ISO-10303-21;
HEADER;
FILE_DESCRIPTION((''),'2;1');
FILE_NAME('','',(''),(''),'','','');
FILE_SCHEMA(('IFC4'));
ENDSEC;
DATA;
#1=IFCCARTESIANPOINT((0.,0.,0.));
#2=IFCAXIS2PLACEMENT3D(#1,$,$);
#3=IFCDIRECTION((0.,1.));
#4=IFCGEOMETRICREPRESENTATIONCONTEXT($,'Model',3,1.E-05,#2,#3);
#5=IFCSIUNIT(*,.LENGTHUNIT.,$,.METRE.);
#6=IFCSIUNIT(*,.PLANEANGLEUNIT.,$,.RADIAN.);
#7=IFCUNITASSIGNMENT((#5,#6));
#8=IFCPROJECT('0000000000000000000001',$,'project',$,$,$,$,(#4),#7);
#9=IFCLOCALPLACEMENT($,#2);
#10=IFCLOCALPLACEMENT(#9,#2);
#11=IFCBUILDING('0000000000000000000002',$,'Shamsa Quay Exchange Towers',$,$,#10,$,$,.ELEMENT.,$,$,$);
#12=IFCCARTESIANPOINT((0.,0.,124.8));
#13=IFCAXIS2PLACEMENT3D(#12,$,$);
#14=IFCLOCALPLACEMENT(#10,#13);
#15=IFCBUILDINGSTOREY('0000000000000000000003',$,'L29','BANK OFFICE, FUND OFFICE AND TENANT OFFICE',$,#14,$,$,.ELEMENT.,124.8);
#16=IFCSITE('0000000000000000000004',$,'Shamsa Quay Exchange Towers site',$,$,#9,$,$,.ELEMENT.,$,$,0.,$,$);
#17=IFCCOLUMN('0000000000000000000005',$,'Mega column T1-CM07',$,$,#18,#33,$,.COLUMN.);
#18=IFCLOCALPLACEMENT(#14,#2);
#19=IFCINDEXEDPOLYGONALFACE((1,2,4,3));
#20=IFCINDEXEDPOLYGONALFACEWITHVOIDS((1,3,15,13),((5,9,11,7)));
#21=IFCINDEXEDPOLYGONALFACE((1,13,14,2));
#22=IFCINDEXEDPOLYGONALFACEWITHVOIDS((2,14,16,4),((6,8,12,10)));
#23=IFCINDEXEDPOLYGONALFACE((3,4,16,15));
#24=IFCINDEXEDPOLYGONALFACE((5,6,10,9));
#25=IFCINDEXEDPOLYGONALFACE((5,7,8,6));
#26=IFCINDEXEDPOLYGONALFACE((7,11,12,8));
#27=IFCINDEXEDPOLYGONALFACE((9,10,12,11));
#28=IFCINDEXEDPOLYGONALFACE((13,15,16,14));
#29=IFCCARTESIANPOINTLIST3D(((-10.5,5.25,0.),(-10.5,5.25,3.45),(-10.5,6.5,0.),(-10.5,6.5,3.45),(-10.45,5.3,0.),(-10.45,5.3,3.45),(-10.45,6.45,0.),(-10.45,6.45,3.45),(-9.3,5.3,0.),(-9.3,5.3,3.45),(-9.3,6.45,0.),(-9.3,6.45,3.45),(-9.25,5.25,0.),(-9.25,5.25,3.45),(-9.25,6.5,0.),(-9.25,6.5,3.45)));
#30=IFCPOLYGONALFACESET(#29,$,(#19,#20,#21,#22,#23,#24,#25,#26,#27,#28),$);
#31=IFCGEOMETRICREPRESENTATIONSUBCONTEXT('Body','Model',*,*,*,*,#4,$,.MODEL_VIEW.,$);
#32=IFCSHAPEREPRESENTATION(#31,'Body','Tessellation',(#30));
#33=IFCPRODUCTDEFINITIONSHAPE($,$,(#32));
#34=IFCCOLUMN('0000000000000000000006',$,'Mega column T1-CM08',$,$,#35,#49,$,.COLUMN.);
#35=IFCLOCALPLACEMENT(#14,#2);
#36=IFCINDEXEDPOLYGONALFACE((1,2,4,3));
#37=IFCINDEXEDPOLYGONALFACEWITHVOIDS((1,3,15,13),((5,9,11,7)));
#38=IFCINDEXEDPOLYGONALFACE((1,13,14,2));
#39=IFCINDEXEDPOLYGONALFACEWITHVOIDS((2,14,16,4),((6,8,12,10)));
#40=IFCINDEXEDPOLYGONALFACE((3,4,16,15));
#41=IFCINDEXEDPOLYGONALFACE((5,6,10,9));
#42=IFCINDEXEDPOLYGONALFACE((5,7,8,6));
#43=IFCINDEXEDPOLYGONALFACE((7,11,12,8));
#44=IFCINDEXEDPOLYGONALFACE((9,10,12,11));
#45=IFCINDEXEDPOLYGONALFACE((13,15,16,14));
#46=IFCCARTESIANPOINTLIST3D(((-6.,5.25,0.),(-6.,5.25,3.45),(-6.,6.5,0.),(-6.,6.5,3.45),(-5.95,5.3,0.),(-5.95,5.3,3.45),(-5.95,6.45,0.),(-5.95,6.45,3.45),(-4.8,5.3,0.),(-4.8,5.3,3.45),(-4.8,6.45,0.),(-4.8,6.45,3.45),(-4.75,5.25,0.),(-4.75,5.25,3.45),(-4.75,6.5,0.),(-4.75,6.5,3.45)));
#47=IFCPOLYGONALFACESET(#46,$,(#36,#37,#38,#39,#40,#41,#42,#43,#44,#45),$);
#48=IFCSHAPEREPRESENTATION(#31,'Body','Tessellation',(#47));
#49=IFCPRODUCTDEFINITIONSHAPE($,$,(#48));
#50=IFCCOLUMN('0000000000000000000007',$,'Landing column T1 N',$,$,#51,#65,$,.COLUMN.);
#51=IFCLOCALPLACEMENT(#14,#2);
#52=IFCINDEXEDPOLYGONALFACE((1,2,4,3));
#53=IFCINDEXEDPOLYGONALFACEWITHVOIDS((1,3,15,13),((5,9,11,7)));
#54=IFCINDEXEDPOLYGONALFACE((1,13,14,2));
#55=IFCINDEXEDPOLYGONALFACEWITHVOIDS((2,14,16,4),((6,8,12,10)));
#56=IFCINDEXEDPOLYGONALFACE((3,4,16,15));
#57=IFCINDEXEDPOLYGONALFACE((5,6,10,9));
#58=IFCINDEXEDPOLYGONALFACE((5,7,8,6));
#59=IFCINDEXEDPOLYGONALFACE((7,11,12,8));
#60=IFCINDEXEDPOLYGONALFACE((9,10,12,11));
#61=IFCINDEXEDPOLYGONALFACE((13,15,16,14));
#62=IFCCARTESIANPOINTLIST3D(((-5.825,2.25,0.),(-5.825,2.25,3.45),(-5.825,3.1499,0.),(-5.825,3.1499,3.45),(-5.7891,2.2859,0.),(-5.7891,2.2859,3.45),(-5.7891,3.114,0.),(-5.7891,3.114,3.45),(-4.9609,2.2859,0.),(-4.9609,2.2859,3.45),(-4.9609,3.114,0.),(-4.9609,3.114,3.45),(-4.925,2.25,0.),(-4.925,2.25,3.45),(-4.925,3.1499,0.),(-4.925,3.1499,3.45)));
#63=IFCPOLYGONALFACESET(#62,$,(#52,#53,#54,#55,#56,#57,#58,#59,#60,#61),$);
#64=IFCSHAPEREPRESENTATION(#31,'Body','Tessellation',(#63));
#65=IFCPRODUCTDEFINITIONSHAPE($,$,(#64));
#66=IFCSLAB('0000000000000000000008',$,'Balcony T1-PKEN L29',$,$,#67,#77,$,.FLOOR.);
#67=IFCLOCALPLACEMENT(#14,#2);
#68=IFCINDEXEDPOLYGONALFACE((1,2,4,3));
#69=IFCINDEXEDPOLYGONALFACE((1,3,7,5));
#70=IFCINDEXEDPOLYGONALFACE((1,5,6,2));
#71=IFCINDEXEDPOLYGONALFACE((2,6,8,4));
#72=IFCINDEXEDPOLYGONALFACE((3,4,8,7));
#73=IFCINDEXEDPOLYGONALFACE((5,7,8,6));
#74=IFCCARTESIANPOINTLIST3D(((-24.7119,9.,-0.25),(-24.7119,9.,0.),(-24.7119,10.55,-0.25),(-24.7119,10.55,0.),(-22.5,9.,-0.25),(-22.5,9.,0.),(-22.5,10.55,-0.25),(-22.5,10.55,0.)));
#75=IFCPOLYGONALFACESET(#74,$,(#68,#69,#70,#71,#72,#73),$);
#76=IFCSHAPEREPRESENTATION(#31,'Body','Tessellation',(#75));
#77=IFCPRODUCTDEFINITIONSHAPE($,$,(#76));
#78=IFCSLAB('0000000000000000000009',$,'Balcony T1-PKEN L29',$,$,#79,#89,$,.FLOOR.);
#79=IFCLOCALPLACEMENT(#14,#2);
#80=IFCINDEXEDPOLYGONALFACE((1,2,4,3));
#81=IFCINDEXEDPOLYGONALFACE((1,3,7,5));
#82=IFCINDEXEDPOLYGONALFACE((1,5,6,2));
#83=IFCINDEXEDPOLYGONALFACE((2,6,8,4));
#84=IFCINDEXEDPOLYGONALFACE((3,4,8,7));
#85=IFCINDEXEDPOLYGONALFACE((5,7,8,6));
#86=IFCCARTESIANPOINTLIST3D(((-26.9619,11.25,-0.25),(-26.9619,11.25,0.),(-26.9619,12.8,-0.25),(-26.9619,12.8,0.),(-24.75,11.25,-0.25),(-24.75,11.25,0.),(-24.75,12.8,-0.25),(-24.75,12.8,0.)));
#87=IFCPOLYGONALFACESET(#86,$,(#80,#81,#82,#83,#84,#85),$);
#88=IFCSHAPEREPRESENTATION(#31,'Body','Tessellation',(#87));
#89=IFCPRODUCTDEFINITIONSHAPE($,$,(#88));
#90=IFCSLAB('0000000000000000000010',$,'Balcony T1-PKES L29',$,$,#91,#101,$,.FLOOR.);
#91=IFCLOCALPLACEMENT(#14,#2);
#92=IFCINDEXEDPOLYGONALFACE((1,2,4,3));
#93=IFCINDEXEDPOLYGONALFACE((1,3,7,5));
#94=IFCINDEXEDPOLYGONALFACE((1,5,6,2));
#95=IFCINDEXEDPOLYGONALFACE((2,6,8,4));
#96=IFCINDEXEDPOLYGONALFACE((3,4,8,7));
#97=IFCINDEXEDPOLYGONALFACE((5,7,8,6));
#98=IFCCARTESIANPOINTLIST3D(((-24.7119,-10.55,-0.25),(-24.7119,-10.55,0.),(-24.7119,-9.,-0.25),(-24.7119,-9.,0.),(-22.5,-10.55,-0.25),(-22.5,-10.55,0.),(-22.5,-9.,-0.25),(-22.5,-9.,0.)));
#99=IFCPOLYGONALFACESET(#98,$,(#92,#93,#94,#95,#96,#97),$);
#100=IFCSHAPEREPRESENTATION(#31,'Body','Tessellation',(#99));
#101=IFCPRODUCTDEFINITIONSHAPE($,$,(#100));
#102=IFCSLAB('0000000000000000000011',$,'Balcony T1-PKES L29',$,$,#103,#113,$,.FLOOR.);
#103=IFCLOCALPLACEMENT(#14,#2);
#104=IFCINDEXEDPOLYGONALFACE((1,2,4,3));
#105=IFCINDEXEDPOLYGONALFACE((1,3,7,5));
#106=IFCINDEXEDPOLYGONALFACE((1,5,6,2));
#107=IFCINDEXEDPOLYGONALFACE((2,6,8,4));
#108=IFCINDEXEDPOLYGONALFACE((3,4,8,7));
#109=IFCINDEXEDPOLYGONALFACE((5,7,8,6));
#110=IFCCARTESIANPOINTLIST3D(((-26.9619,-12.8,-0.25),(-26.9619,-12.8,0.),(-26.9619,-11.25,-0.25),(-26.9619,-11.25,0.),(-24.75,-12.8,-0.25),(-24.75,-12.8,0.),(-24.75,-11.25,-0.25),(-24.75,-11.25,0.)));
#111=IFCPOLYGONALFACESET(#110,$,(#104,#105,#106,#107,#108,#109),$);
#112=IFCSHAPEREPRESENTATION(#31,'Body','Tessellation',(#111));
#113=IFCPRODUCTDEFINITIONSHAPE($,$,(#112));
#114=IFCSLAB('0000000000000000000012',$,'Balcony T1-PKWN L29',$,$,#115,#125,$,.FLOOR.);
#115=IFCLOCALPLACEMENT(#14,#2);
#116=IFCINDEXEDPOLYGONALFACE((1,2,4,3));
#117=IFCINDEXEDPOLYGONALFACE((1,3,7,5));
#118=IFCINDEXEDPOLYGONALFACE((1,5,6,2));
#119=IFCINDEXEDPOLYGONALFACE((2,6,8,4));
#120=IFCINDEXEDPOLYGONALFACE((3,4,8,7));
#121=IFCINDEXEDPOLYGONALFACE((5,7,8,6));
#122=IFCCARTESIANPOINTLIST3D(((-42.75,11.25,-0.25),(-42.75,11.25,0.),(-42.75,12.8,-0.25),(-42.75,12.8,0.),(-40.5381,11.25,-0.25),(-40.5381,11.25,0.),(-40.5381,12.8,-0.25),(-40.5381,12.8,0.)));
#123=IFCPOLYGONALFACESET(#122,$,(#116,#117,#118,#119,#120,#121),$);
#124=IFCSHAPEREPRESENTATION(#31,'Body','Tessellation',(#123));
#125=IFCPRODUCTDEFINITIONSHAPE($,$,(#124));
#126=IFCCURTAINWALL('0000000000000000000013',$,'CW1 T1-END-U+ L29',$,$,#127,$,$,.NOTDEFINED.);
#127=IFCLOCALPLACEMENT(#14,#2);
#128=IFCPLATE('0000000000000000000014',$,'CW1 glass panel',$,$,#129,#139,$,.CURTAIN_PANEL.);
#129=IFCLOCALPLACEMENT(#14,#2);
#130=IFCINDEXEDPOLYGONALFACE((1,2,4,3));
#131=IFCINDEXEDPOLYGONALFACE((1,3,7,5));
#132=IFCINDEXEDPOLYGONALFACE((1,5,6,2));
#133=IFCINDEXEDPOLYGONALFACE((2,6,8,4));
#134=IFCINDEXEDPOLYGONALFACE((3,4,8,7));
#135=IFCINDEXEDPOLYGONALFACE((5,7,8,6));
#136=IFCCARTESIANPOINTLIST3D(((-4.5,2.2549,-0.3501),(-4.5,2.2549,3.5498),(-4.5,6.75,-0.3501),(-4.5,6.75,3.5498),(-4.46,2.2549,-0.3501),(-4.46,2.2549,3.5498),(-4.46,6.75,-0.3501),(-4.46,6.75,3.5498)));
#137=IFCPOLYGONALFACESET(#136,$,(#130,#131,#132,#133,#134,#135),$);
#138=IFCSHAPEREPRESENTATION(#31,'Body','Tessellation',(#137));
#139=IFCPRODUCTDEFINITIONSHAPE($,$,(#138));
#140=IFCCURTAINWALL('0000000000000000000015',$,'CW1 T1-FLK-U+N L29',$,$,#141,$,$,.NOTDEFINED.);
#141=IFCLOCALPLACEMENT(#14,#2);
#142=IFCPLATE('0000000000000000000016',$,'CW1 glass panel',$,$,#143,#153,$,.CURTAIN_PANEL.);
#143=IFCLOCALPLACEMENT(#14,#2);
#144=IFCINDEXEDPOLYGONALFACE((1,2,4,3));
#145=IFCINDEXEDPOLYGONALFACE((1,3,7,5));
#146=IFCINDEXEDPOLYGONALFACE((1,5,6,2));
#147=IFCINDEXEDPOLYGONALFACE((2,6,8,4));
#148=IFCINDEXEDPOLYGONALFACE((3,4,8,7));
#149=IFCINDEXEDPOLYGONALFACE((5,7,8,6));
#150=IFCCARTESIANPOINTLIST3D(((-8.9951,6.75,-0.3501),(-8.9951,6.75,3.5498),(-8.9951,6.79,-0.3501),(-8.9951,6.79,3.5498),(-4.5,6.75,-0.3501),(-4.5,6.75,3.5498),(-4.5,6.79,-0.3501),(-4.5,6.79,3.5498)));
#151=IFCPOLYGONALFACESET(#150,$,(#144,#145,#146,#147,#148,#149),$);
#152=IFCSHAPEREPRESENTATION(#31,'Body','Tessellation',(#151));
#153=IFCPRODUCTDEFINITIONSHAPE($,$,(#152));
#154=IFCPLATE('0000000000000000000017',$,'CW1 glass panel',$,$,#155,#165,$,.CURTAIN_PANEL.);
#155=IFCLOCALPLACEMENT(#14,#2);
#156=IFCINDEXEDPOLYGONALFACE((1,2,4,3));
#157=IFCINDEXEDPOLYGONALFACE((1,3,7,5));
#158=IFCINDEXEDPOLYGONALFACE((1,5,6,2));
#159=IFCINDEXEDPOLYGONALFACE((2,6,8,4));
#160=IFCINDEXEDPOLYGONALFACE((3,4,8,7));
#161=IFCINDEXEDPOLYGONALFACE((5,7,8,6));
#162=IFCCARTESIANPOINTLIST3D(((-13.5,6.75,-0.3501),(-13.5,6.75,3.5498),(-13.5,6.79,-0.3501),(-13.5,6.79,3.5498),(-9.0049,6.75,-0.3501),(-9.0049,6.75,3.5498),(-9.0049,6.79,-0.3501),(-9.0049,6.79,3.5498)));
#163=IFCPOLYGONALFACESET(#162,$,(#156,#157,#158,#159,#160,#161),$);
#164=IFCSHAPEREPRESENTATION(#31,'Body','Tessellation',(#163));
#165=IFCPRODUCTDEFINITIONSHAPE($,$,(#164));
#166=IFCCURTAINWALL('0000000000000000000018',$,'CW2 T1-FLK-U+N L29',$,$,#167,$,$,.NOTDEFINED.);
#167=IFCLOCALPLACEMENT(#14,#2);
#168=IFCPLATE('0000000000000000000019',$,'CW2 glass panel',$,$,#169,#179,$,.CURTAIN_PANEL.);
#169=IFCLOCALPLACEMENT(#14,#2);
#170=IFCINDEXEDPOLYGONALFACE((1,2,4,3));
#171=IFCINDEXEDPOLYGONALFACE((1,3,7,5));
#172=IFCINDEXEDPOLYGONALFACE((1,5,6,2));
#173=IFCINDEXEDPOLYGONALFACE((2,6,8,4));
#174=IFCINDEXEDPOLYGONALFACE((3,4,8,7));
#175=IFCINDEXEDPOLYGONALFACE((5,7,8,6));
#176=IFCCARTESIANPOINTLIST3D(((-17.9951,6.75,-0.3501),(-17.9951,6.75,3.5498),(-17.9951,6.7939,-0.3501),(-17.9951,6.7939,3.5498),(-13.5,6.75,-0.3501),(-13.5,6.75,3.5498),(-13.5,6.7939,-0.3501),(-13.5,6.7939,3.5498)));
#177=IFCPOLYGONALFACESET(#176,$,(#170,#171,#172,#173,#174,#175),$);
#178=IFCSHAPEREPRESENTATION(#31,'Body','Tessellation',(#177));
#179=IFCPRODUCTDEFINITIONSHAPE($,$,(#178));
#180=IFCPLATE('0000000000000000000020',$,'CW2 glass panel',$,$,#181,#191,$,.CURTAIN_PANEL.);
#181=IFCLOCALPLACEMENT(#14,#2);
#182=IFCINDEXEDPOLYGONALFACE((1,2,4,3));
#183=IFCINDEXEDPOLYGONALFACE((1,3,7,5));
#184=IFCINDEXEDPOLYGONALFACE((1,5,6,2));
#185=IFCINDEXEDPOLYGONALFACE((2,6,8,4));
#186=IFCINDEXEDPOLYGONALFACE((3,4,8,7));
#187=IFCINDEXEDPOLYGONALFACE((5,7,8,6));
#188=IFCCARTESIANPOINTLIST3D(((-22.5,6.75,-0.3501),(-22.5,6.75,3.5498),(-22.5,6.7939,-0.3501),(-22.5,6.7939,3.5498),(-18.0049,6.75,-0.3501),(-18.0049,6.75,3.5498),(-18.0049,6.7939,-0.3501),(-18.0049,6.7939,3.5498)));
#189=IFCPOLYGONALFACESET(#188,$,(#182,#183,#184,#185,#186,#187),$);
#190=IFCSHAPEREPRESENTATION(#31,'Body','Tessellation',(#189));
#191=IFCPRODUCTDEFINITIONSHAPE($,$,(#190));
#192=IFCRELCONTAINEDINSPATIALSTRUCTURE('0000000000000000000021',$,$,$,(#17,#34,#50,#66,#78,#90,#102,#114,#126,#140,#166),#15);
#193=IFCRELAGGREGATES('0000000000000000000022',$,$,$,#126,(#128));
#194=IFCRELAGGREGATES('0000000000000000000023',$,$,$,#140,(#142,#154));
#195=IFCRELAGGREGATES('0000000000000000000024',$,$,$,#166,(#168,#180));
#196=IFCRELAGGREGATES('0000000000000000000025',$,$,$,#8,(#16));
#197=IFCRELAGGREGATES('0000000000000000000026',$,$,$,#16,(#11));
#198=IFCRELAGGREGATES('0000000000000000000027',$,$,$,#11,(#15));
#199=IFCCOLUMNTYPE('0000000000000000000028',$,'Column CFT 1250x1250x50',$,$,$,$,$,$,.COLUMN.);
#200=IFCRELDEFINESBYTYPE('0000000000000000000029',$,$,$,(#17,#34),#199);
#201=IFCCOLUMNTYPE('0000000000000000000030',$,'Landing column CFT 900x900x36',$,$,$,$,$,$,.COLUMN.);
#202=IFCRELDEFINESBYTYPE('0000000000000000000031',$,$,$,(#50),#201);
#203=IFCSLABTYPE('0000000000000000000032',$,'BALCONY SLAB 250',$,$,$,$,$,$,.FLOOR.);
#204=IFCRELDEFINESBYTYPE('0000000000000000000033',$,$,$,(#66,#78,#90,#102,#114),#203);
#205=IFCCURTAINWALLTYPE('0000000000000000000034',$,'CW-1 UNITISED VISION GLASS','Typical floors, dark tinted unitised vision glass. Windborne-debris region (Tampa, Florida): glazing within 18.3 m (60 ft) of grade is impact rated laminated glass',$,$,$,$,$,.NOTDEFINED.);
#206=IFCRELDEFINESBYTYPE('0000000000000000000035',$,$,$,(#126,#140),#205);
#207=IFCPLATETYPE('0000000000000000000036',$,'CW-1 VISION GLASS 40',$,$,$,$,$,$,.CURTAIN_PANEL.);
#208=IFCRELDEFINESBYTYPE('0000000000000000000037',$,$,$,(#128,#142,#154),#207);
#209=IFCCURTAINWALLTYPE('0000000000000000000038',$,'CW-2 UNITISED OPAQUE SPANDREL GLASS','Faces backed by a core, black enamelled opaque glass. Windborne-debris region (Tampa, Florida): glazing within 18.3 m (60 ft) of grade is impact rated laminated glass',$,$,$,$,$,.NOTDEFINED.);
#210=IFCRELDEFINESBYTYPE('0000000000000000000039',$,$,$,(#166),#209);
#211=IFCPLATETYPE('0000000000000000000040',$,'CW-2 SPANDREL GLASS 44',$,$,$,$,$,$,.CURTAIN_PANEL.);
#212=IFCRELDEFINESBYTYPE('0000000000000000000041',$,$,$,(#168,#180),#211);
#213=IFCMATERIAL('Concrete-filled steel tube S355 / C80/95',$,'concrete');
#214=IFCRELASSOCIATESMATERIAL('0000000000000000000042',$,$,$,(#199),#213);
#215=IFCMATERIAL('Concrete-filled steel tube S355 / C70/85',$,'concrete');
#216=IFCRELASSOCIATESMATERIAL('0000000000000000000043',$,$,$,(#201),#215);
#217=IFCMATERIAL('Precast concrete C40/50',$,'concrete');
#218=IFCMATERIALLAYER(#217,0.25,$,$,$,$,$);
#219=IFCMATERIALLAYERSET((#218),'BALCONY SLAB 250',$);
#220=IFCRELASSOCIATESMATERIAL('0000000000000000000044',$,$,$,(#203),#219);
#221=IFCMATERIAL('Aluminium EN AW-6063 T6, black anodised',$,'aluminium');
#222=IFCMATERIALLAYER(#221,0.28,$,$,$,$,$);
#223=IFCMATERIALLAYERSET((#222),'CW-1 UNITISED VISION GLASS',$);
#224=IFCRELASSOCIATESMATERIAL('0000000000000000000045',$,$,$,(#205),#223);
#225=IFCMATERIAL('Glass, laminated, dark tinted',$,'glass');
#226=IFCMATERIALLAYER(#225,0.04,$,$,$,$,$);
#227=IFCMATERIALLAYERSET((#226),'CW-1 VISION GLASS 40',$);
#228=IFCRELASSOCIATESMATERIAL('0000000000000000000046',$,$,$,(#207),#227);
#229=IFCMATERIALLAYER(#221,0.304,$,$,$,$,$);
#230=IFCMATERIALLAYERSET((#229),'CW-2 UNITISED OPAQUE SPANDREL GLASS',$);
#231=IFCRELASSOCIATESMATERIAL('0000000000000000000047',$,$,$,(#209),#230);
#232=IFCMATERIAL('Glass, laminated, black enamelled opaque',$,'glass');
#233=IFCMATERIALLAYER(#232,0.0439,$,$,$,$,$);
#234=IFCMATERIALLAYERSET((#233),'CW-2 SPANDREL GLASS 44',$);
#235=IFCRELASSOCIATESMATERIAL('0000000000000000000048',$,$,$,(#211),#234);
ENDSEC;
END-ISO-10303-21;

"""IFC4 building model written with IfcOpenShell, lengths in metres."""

from ifc_helpers import new_model, si_unit, direction, frame, origin, origin_2d, place, context, subcontext, project, spatial, polyline, rectangle, hollow_rectangle, outline, extrude, material, layer, layer_set, material_profile, profile_set, type_object, element, aggregate, save


model = new_model("IFC4")

# Units and contexts
model_context = context("Model", 3, precision=1e-05, world=origin(), true_north=direction((0.0, 1.0)))
body_context = subcontext(model_context, "Body", "Model", "MODEL_VIEW")
ifc_project = project(units=[si_unit("LENGTHUNIT", "METRE"), si_unit("PLANEANGLEUNIT", "RADIAN")], contexts=[model_context])

# Site, building, storey
site_placement = place(None, origin())
site = spatial("IfcSite", under=ifc_project, at=site_placement, Name="Shamsa Quay Exchange Towers site", CompositionType="ELEMENT", RefElevation=0.0)
building_placement = place(site_placement, origin())
building = spatial("IfcBuilding", under=site, at=building_placement, Name="Shamsa Quay Exchange Towers", CompositionType="ELEMENT")
storey_placement = place(building_placement, frame((0.0, 0.0, 124.8)))
storey = spatial("IfcBuildingStorey", under=building, at=storey_placement, Name="L29", Description="BANK OFFICE, FUND OFFICE AND TENANT OFFICE", CompositionType="ELEMENT", Elevation=124.8)

# Columns
ifc_material_1 = material(Name="Concrete-filled steel tube S355 / C80/95", Category="concrete")
ifc_material_profile_1 = material_profile(ifc_material_1, hollow_rectangle(XDim=1.25, YDim=1.25, WallThickness=0.05, at=origin_2d()), Name="CFT 1250x1250x50")
ifc_profile_set_1 = profile_set([ifc_material_profile_1], Name="Concrete-filled steel tube S355 / C80/95")
column_type_1 = type_object("IfcColumnType", Name="Column CFT 1250x1250x50", PredefinedType="COLUMN", material=ifc_profile_set_1)
for number, where, name in (
    (1, (-9.875, 5.875, 0.0), "Mega column T1-CM07"),
    (2, (-5.375, 5.875, 0.0), "Mega column T1-CM08"),
):
    element("IfcColumn", number, at=place(storey_placement, frame(where)), inside=storey, type_object=column_type_1, Name=name, PredefinedType="COLUMN", context=body_context, shape_type="SweptSolid", body=[
        extrude(hollow_rectangle(XDim=1.25, YDim=1.25, WallThickness=0.05, at=origin_2d()), origin(), (0.0, 0.0, 1.0), 3.45),
    ])
ifc_material_2 = material(Name="Concrete-filled steel tube S355 / C70/85", Category="concrete")
ifc_material_profile_2 = material_profile(ifc_material_2, hollow_rectangle(XDim=0.8999, YDim=0.8999, WallThickness=0.0359, at=origin_2d()), Name="CFT 900x900x36")
ifc_profile_set_2 = profile_set([ifc_material_profile_2], Name="Concrete-filled steel tube S355 / C70/85")
column_type_2 = type_object("IfcColumnType", Name="Landing column CFT 900x900x36", PredefinedType="COLUMN", material=ifc_profile_set_2)
column_placement = place(storey_placement, frame((-5.375, 2.7, 0.0)))
element("IfcColumn", 3, at=column_placement, inside=storey, type_object=column_type_2, Name="Landing column T1 N", PredefinedType="COLUMN", context=body_context, shape_type="SweptSolid", body=[
    extrude(hollow_rectangle(XDim=0.8999, YDim=0.8999, WallThickness=0.0359, at=origin_2d()), origin(), (0.0, 0.0, 1.0), 3.45),
])

# Slabs
ifc_material_3 = material(Name="Precast concrete C40/50", Category="concrete")
ifc_layer_1 = layer(ifc_material_3, 0.25)
ifc_layer_set_1 = layer_set([ifc_layer_1], Name="BALCONY SLAB 250")
slab_type = type_object("IfcSlabType", Name="BALCONY SLAB 250", PredefinedType="FLOOR", material=ifc_layer_set_1)
slab_1_placement = place(storey_placement, frame((0.0, 0.0, -0.25)))
element("IfcSlab", 4, at=slab_1_placement, inside=storey, type_object=slab_type, Name="Balcony T1-PKEN L29", PredefinedType="FLOOR", context=body_context, shape_type="SweptSolid", body=[
    extrude(outline(polyline([(-22.5, 9.0), (-24.7119, 9.0), (-24.7119, 10.55), (-22.5, 10.55), (-22.5, 9.0)])), origin(), (0.0, 0.0, 1.0), 0.25),
])
slab_2_placement = place(storey_placement, frame((0.0, 0.0, -0.25)))
element("IfcSlab", 5, at=slab_2_placement, inside=storey, type_object=slab_type, Name="Balcony T1-PKEN L29", PredefinedType="FLOOR", context=body_context, shape_type="SweptSolid", body=[
    extrude(outline(polyline([(-24.75, 11.25), (-26.9619, 11.25), (-26.9619, 12.8), (-24.75, 12.8), (-24.75, 11.25)])), origin(), (0.0, 0.0, 1.0), 0.25),
])
slab_3_placement = place(storey_placement, frame((0.0, 0.0, -0.25)))
element("IfcSlab", 6, at=slab_3_placement, inside=storey, type_object=slab_type, Name="Balcony T1-PKES L29", PredefinedType="FLOOR", context=body_context, shape_type="SweptSolid", body=[
    extrude(outline(polyline([(-24.7119, -9.0), (-22.5, -9.0), (-22.5, -10.55), (-24.7119, -10.55), (-24.7119, -9.0)])), origin(), (0.0, 0.0, 1.0), 0.25),
])
slab_4_placement = place(storey_placement, frame((0.0, 0.0, -0.25)))
element("IfcSlab", 7, at=slab_4_placement, inside=storey, type_object=slab_type, Name="Balcony T1-PKES L29", PredefinedType="FLOOR", context=body_context, shape_type="SweptSolid", body=[
    extrude(outline(polyline([(-26.9619, -11.25), (-24.75, -11.25), (-24.75, -12.8), (-26.9619, -12.8), (-26.9619, -11.25)])), origin(), (0.0, 0.0, 1.0), 0.25),
])
slab_5_placement = place(storey_placement, frame((0.0, 0.0, -0.25)))
element("IfcSlab", 8, at=slab_5_placement, inside=storey, type_object=slab_type, Name="Balcony T1-PKWN L29", PredefinedType="FLOOR", context=body_context, shape_type="SweptSolid", body=[
    extrude(outline(polyline([(-40.5381, 11.25), (-42.75, 11.25), (-42.75, 12.8), (-40.5381, 12.8), (-40.5381, 11.25)])), origin(), (0.0, 0.0, 1.0), 0.25),
])

# Curtain wall, plate
ifc_material_4 = material(Name="Aluminium EN AW-6063 T6, black anodised", Category="aluminium")
ifc_layer_2 = layer(ifc_material_4, 0.28)
ifc_layer_set_2 = layer_set([ifc_layer_2], Name="CW-1 UNITISED VISION GLASS")
curtain_wall_type_1 = type_object("IfcCurtainWallType", Name="CW-1 UNITISED VISION GLASS", Description="Typical floors, dark tinted unitised vision glass. Windborne-debris region (Tampa, Florida): glazing within 18.3 m (60 ft) of grade is impact rated laminated glass", PredefinedType="NOTDEFINED", material=ifc_layer_set_2)
curtain_wall_1_placement = place(storey_placement, origin())
curtain_wall_1 = element("IfcCurtainWall", 9, at=curtain_wall_1_placement, inside=storey, type_object=curtain_wall_type_1, Name="CW1 T1-END-U+ L29", PredefinedType="NOTDEFINED")
ifc_material_5 = material(Name="Glass, laminated, dark tinted", Category="glass")
ifc_layer_3 = layer(ifc_material_5, 0.04)
ifc_layer_set_3 = layer_set([ifc_layer_3], Name="CW-1 VISION GLASS 40")
plate_type_1 = type_object("IfcPlateType", Name="CW-1 VISION GLASS 40", PredefinedType="CURTAIN_PANEL", material=ifc_layer_set_3)
plate_1_placement = place(storey_placement, frame((-4.48, 4.5024, -0.3501), z_axis=(0.0, 0.0, 1.0), x_axis=(0.0, 1.0, 0.0)))
plate_1 = element("IfcPlate", 10, at=plate_1_placement, type_object=plate_type_1, Name="CW1 glass panel", PredefinedType="CURTAIN_PANEL", context=body_context, shape_type="SweptSolid", body=[
    extrude(rectangle(XDim=4.4951, YDim=0.04, at=origin_2d()), origin(), (0.0, 0.0, 1.0), 3.8999),
])
aggregate(curtain_wall_1, [plate_1])

# Curtain walls, plates
curtain_wall_2_placement = place(storey_placement, origin())
curtain_wall_2 = element("IfcCurtainWall", 11, at=curtain_wall_2_placement, inside=storey, type_object=curtain_wall_type_1, Name="CW1 T1-FLK-U+N L29", PredefinedType="NOTDEFINED")
plate_2_placement = place(storey_placement, frame((-6.7476, 6.77, -0.3501), z_axis=(0.0, 0.0, 1.0), x_axis=(-1.0, 0.0, 0.0)))
plate_2 = element("IfcPlate", 12, at=plate_2_placement, type_object=plate_type_1, Name="CW1 glass panel", PredefinedType="CURTAIN_PANEL", context=body_context, shape_type="SweptSolid", body=[
    extrude(rectangle(XDim=4.4951, YDim=0.04, at=origin_2d()), origin(), (0.0, 0.0, 1.0), 3.8999),
])
plate_3_placement = place(storey_placement, frame((-11.2524, 6.77, -0.3501), z_axis=(0.0, 0.0, 1.0), x_axis=(-1.0, 0.0, 0.0)))
plate_3 = element("IfcPlate", 13, at=plate_3_placement, type_object=plate_type_1, Name="CW1 glass panel", PredefinedType="CURTAIN_PANEL", context=body_context, shape_type="SweptSolid", body=[
    extrude(rectangle(XDim=4.4951, YDim=0.04, at=origin_2d()), origin(), (0.0, 0.0, 1.0), 3.8999),
])
aggregate(curtain_wall_2, [plate_2, plate_3])
ifc_layer_4 = layer(ifc_material_4, 0.304)
ifc_layer_set_4 = layer_set([ifc_layer_4], Name="CW-2 UNITISED OPAQUE SPANDREL GLASS")
curtain_wall_type_2 = type_object("IfcCurtainWallType", Name="CW-2 UNITISED OPAQUE SPANDREL GLASS", Description="Faces backed by a core, black enamelled opaque glass. Windborne-debris region (Tampa, Florida): glazing within 18.3 m (60 ft) of grade is impact rated laminated glass", PredefinedType="NOTDEFINED", material=ifc_layer_set_4)
curtain_wall_3_placement = place(storey_placement, origin())
curtain_wall_3 = element("IfcCurtainWall", 14, at=curtain_wall_3_placement, inside=storey, type_object=curtain_wall_type_2, Name="CW2 T1-FLK-U+N L29", PredefinedType="NOTDEFINED")
ifc_material_6 = material(Name="Glass, laminated, black enamelled opaque", Category="glass")
ifc_layer_5 = layer(ifc_material_6, 0.0439)
ifc_layer_set_5 = layer_set([ifc_layer_5], Name="CW-2 SPANDREL GLASS 44")
plate_type_2 = type_object("IfcPlateType", Name="CW-2 SPANDREL GLASS 44", PredefinedType="CURTAIN_PANEL", material=ifc_layer_set_5)
plate_4_placement = place(storey_placement, frame((-15.7476, 6.772, -0.3501), z_axis=(0.0, 0.0, 1.0), x_axis=(-1.0, 0.0, 0.0)))
plate_4 = element("IfcPlate", 15, at=plate_4_placement, type_object=plate_type_2, Name="CW2 glass panel", PredefinedType="CURTAIN_PANEL", context=body_context, shape_type="SweptSolid", body=[
    extrude(rectangle(XDim=4.4951, YDim=0.0439, at=origin_2d()), origin(), (0.0, 0.0, 1.0), 3.8999),
])
plate_5_placement = place(storey_placement, frame((-20.2524, 6.772, -0.3501), z_axis=(0.0, 0.0, 1.0), x_axis=(-1.0, 0.0, 0.0)))
plate_5 = element("IfcPlate", 16, at=plate_5_placement, type_object=plate_type_2, Name="CW2 glass panel", PredefinedType="CURTAIN_PANEL", context=body_context, shape_type="SweptSolid", body=[
    extrude(rectangle(XDim=4.4951, YDim=0.0439, at=origin_2d()), origin(), (0.0, 0.0, 1.0), 3.8999),
])
aggregate(curtain_wall_3, [plate_4, plate_5])

save(model, "model.ifc")
